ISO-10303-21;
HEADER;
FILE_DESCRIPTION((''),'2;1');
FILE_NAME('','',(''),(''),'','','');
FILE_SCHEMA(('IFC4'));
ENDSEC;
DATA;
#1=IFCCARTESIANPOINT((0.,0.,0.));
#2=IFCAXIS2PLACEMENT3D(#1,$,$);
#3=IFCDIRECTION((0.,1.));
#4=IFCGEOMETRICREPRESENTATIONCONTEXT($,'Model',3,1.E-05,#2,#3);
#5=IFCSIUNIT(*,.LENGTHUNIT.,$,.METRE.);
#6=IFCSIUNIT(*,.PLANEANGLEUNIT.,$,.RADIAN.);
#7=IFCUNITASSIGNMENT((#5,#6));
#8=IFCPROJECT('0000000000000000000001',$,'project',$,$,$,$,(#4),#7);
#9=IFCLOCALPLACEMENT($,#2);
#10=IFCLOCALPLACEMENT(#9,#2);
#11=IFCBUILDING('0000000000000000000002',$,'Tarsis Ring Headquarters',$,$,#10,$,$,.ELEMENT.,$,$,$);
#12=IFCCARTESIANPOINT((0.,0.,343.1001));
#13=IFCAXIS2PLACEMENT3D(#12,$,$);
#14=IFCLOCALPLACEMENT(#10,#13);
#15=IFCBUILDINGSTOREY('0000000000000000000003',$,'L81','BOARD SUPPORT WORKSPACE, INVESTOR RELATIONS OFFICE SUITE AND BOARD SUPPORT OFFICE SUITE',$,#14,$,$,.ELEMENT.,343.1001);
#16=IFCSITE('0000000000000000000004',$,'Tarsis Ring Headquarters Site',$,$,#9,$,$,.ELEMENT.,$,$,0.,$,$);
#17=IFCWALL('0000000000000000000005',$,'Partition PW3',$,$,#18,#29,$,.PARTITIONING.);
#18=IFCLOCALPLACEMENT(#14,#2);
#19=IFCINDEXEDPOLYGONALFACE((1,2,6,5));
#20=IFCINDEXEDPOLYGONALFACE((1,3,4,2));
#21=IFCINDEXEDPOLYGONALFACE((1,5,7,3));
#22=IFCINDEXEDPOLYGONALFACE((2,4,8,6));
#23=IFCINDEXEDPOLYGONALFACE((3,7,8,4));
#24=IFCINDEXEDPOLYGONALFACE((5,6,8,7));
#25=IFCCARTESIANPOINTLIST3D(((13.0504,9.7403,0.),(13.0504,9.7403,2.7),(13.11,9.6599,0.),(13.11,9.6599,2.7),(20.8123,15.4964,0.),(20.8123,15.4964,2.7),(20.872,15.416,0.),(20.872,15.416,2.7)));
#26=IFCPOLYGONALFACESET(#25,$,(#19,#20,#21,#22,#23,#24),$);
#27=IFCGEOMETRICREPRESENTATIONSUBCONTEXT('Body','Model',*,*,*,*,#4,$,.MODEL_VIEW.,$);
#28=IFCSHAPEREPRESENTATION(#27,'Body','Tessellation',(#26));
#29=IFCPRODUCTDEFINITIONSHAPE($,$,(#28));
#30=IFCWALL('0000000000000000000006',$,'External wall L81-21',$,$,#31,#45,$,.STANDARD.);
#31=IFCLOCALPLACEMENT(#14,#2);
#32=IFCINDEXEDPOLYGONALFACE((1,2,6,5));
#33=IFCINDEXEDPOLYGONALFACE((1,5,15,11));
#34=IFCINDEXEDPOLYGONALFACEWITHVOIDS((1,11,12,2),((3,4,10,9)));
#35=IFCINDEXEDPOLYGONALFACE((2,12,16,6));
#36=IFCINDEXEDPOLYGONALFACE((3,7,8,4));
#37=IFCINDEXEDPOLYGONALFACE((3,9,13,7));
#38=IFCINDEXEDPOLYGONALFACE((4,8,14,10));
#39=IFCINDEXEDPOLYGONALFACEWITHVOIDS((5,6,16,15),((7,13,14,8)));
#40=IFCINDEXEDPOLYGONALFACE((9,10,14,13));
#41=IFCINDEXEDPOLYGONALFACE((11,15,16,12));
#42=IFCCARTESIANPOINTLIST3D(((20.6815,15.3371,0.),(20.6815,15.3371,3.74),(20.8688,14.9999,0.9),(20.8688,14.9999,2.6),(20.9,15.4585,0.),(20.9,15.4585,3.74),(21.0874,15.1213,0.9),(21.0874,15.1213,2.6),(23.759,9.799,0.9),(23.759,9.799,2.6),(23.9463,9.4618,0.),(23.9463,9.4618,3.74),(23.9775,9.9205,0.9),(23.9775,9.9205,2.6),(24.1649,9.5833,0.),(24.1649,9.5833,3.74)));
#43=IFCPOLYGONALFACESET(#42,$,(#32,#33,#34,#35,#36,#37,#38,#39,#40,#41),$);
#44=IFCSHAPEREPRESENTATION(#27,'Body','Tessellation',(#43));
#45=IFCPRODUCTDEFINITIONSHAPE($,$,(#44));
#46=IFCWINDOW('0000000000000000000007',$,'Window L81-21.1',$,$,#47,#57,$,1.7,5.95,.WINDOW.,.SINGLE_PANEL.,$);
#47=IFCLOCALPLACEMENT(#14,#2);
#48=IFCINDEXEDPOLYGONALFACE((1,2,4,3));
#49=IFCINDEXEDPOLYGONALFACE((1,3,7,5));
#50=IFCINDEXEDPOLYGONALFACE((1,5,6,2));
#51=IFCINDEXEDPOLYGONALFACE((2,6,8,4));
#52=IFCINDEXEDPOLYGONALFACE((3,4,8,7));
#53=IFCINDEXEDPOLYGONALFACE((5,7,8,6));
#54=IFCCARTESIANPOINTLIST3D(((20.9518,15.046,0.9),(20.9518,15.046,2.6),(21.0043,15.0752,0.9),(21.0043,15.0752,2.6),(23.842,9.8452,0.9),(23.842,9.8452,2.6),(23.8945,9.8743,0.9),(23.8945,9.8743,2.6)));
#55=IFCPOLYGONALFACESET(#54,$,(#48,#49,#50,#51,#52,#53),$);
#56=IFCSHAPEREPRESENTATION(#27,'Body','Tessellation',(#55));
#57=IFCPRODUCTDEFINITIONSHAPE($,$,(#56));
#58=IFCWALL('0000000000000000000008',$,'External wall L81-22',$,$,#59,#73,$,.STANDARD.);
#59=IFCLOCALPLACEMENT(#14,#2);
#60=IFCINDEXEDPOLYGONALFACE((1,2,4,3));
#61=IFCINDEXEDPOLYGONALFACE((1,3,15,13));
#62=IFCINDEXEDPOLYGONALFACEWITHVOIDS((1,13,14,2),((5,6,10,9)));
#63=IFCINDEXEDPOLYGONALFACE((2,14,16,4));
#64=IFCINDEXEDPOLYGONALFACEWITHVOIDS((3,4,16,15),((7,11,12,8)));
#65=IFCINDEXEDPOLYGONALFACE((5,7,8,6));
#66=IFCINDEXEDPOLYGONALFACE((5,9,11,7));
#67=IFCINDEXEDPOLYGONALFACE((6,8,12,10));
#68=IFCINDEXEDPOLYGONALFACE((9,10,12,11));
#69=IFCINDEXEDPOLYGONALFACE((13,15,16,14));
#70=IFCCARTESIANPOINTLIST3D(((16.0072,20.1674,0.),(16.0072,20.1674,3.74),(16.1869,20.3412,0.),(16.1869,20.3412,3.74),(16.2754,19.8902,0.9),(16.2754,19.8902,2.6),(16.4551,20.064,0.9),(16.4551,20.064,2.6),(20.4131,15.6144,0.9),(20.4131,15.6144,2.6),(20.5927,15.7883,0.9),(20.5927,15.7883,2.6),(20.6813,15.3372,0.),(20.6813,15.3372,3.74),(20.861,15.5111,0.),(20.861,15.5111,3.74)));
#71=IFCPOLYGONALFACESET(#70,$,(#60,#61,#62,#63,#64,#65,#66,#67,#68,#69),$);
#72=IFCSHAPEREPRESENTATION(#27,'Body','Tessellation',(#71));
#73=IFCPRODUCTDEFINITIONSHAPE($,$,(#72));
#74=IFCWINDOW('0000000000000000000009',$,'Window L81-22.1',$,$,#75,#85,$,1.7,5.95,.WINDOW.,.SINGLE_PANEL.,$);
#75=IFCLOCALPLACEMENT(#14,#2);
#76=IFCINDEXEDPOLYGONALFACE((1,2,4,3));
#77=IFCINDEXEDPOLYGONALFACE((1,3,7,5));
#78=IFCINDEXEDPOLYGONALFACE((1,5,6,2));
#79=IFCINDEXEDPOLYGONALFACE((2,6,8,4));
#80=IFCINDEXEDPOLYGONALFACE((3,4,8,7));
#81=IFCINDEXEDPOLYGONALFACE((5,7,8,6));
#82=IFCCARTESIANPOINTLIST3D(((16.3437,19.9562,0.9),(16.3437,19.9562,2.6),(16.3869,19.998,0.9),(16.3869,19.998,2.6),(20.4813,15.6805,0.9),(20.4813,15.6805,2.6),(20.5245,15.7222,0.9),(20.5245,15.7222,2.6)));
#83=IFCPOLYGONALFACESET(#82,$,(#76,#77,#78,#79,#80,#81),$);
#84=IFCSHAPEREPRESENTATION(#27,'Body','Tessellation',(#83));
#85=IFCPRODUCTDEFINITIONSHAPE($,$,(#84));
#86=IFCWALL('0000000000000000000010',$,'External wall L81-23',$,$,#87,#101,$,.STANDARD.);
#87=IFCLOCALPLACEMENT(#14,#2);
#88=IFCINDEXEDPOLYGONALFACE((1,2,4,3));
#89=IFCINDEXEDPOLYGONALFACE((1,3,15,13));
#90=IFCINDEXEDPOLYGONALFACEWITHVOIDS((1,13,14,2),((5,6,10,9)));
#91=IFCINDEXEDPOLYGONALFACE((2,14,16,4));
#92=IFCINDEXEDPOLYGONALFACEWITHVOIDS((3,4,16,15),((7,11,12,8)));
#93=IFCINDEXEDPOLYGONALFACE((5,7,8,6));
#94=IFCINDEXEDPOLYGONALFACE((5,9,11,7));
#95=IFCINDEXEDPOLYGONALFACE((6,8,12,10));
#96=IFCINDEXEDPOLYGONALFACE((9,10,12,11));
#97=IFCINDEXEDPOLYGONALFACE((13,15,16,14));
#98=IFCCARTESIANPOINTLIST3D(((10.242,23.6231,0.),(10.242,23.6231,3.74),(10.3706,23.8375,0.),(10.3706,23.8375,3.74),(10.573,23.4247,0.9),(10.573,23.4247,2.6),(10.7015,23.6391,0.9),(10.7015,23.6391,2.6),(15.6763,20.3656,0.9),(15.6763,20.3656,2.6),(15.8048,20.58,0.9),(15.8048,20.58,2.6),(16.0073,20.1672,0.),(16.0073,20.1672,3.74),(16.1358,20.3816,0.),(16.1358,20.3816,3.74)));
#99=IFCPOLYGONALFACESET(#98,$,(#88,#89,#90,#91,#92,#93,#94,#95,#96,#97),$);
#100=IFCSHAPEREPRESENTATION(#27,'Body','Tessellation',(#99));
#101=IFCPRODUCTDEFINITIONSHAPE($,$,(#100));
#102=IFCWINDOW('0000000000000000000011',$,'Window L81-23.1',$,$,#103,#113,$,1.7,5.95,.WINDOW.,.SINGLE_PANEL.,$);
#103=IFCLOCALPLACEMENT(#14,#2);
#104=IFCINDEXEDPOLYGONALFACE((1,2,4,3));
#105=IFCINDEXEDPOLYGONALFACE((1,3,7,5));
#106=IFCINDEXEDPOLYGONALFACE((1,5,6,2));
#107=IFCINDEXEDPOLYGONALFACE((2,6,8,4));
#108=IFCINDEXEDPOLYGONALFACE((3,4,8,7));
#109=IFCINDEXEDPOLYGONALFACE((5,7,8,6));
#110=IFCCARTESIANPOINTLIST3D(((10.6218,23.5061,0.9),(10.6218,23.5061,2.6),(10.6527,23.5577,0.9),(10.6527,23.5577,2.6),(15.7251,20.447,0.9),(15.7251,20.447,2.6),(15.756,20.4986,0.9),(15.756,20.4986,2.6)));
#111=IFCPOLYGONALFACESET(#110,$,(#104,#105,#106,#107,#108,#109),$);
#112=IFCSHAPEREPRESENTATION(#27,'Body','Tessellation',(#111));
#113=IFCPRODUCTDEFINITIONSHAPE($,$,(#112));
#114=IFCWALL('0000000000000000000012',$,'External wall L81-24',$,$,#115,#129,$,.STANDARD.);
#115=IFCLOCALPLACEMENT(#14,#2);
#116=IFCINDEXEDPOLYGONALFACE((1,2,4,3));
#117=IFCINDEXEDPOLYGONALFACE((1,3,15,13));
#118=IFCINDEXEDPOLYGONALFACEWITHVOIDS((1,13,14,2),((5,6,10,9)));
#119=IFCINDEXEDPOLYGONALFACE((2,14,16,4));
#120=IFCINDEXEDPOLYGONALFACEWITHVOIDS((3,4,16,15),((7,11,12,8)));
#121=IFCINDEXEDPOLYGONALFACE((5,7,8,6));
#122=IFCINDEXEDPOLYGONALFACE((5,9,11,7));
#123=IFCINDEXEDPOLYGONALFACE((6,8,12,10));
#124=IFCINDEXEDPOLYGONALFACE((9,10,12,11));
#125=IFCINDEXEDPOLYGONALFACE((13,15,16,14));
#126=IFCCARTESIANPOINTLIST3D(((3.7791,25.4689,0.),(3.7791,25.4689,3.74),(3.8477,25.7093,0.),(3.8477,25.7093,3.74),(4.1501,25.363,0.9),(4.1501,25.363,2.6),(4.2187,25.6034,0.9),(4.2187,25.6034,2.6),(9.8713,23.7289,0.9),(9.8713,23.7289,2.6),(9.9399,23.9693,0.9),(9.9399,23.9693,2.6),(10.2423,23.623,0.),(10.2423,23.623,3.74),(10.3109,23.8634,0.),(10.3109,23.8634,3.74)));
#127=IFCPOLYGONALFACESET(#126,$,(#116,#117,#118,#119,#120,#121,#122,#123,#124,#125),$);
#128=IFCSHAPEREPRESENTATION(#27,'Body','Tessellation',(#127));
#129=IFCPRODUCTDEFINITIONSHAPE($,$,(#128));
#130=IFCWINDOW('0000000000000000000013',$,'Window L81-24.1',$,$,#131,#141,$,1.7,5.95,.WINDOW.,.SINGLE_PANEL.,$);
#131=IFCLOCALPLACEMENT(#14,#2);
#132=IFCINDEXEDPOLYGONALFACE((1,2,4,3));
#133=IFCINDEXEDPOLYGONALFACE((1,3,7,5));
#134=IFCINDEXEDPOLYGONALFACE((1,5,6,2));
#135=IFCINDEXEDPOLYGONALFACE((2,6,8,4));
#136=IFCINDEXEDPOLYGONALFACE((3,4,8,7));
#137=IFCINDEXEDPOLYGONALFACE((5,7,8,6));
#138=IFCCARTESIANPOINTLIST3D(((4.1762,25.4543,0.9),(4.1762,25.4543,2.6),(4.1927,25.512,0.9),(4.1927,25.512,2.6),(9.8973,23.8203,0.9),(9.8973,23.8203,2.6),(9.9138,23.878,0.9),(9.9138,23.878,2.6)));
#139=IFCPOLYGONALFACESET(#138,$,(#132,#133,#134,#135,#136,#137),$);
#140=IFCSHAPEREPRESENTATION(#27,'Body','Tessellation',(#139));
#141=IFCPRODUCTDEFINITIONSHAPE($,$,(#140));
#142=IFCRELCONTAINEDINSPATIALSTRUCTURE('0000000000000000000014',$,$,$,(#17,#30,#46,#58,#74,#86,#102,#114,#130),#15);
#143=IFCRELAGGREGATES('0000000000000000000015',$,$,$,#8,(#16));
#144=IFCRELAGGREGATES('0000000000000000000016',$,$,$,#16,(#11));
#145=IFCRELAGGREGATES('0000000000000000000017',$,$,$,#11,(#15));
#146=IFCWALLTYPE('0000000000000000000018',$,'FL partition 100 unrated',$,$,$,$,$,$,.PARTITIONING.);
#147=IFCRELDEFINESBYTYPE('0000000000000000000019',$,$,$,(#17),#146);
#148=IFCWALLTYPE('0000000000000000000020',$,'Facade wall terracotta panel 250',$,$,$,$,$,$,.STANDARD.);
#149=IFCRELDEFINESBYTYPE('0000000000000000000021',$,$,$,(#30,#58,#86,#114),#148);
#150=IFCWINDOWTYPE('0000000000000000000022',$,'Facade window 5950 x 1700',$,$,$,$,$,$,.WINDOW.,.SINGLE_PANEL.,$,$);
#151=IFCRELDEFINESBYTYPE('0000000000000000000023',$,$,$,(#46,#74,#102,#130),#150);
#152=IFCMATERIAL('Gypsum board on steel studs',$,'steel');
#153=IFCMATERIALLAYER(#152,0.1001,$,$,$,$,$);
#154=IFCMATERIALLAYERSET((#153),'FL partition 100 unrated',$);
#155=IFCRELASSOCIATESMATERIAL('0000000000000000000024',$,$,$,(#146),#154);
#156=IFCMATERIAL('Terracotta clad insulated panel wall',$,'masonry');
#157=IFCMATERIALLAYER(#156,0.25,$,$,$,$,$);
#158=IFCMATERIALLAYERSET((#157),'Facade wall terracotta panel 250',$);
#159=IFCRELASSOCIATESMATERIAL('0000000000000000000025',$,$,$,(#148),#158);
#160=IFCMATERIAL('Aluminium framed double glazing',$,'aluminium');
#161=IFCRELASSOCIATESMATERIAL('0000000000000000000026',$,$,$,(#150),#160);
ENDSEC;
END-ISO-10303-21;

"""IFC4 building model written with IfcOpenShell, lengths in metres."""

from ifc_helpers import new_model, si_unit, direction, frame, frame_2d, origin, place, context, subcontext, project, spatial, rectangle, extrude, material, layer, layer_set, type_object, element, fill, save


model = new_model("IFC4")

# Units and contexts
model_context = context("Model", 3, precision=1e-05, world=origin(), true_north=direction((0.0, 1.0)))
body_context = subcontext(model_context, "Body", "Model", "MODEL_VIEW")
ifc_project = project(units=[si_unit("LENGTHUNIT", "METRE"), si_unit("PLANEANGLEUNIT", "RADIAN")], contexts=[model_context])

# Site, building, storey
site_placement = place(None, origin())
site = spatial("IfcSite", under=ifc_project, at=site_placement, Name="Tarsis Ring Headquarters Site", CompositionType="ELEMENT", RefElevation=0.0)
building_placement = place(site_placement, origin())
building = spatial("IfcBuilding", under=site, at=building_placement, Name="Tarsis Ring Headquarters", CompositionType="ELEMENT")
storey_placement = place(building_placement, frame((0.0, 0.0, 343.1001)))
storey = spatial("IfcBuildingStorey", under=building, at=storey_placement, Name="L81", Description="BOARD SUPPORT WORKSPACE, INVESTOR RELATIONS OFFICE SUITE AND BOARD SUPPORT OFFICE SUITE", CompositionType="ELEMENT", Elevation=343.1001)

# Wall
ifc_material_1 = material(Name="Gypsum board on steel studs", Category="steel")
ifc_layer_1 = layer(ifc_material_1, 0.1001)
ifc_layer_set_1 = layer_set([ifc_layer_1], Name="FL partition 100 unrated")
wall_type_1 = type_object("IfcWallType", Name="FL partition 100 unrated", PredefinedType="PARTITIONING", material=ifc_layer_set_1)
wall_1_placement = place(storey_placement, frame((13.0803, 9.7002, 0.0), z_axis=(0.0, 0.0, 1.0), x_axis=(0.803235, 0.595662, 0.0)))
element("IfcWall", 1, at=wall_1_placement, inside=storey, type_object=wall_type_1, Name="Partition PW3", PredefinedType="PARTITIONING", context=body_context, shape_type="SweptSolid", body=[
    extrude(rectangle(XDim=9.6633, YDim=0.1001, at=frame_2d((4.8315, 0.0))), origin(), (0.0, 0.0, 1.0), 2.7),
])

# Walls, openings, windows
ifc_material_2 = material(Name="Terracotta clad insulated panel wall", Category="masonry")
ifc_layer_2 = layer(ifc_material_2, 0.25)
ifc_layer_set_2 = layer_set([ifc_layer_2], Name="Facade wall terracotta panel 250")
wall_type_2 = type_object("IfcWallType", Name="Facade wall terracotta panel 250", PredefinedType="STANDARD", material=ifc_layer_set_2)
wall_2_placement = place(storey_placement, frame((24.0557, 9.5225, 0.0), z_axis=(0.0, 0.0, 1.0), x_axis=(-0.485742, 0.874102, 0.0)))
wall_2 = element("IfcWall", 2, at=wall_2_placement, inside=storey, type_object=wall_type_2, Name="External wall L81-21", PredefinedType="STANDARD", context=body_context, shape_type="SweptSolid", body=[
    extrude(rectangle(XDim=6.7214, YDim=0.25, at=frame_2d((3.3608, 0.0))), origin(), (0.0, 0.0, 1.0), 3.74),
])
opening_1_placement = place(wall_2_placement, frame((0.3857, 0.0, 0.8999)))
opening_1 = element("IfcOpeningElement", 3, at=opening_1_placement, cuts=wall_2, PredefinedType="OPENING", context=body_context, shape_type="SweptSolid", body=[
    extrude(rectangle(XDim=5.95, YDim=1.7, at=frame_2d((2.9751, 0.8501))), frame((0.0, 0.135, 0.0), z_axis=(0.0, -1.0, 0.0), x_axis=(1.0, 0.0, 0.0)), (0.0, 0.0, 1.0), 0.27),
])
ifc_material_3 = material(Name="Aluminium framed double glazing", Category="aluminium")
window_type = type_object("IfcWindowType", Name="Facade window 5950 x 1700", PartitioningType="SINGLE_PANEL", PredefinedType="WINDOW", material=ifc_material_3)
window_1_placement = place(opening_1_placement, origin())
window_1 = element("IfcWindow", 4, at=window_1_placement, inside=storey, type_object=window_type, Name="Window L81-21.1", OverallHeight=1.7, OverallWidth=5.95, PartitioningType="SINGLE_PANEL", PredefinedType="WINDOW", context=body_context, shape_type="SweptSolid", body=[
    extrude(rectangle(XDim=5.95, YDim=1.7, at=frame_2d((2.9751, 0.8501))), frame((0.0, 0.03, 0.0), z_axis=(0.0, -1.0, 0.0), x_axis=(1.0, 0.0, 0.0)), (0.0, 0.0, 1.0), 0.0601),
])
fill(opening_1, window_1)
wall_3_placement = place(storey_placement, frame((20.7712, 15.4241, 0.0), z_axis=(0.0, 0.0, 1.0), x_axis=(-0.695406, 0.718617, 0.0)))
wall_3 = element("IfcWall", 5, at=wall_3_placement, inside=storey, type_object=wall_type_2, Name="External wall L81-22", PredefinedType="STANDARD", context=body_context, shape_type="SweptSolid", body=[
    extrude(rectangle(XDim=6.7214, YDim=0.25, at=frame_2d((3.3608, 0.0))), origin(), (0.0, 0.0, 1.0), 3.74),
])
opening_2_placement = place(wall_3_placement, frame((0.3857, 0.0, 0.8999)))
opening_2 = element("IfcOpeningElement", 6, at=opening_2_placement, cuts=wall_3, PredefinedType="OPENING", context=body_context, shape_type="SweptSolid", body=[
    extrude(rectangle(XDim=5.95, YDim=1.7, at=frame_2d((2.9751, 0.8501))), frame((0.0, 0.135, 0.0), z_axis=(0.0, -1.0, 0.0), x_axis=(1.0, 0.0, 0.0)), (0.0, 0.0, 1.0), 0.27),
])
window_2_placement = place(opening_2_placement, origin())
window_2 = element("IfcWindow", 7, at=window_2_placement, inside=storey, type_object=window_type, Name="Window L81-22.1", OverallHeight=1.7, OverallWidth=5.95, PartitioningType="SINGLE_PANEL", PredefinedType="WINDOW", context=body_context, shape_type="SweptSolid", body=[
    extrude(rectangle(XDim=5.95, YDim=1.7, at=frame_2d((2.9751, 0.8501))), frame((0.0, 0.03, 0.0), z_axis=(0.0, -1.0, 0.0), x_axis=(1.0, 0.0, 0.0)), (0.0, 0.0, 1.0), 0.0601),
])
fill(opening_2, window_2)
wall_4_placement = place(storey_placement, frame((16.0715, 20.2744, 0.0), z_axis=(0.0, 0.0, 1.0), x_axis=(-0.857708, 0.514138, 0.0)))
wall_4 = element("IfcWall", 8, at=wall_4_placement, inside=storey, type_object=wall_type_2, Name="External wall L81-23", PredefinedType="STANDARD", context=body_context, shape_type="SweptSolid", body=[
    extrude(rectangle(XDim=6.7217, YDim=0.25, at=frame_2d((3.3608, 0.0))), origin(), (0.0, 0.0, 1.0), 3.74),
])
opening_3_placement = place(wall_4_placement, frame((0.3857, 0.0, 0.8999)))
opening_3 = element("IfcOpeningElement", 9, at=opening_3_placement, cuts=wall_4, PredefinedType="OPENING", context=body_context, shape_type="SweptSolid", body=[
    extrude(rectangle(XDim=5.95, YDim=1.7, at=frame_2d((2.9751, 0.8501))), frame((0.0, 0.135, 0.0), z_axis=(0.0, -1.0, 0.0), x_axis=(1.0, 0.0, 0.0)), (0.0, 0.0, 1.0), 0.27),
])
window_3_placement = place(opening_3_placement, origin())
window_3 = element("IfcWindow", 10, at=window_3_placement, inside=storey, type_object=window_type, Name="Window L81-23.1", OverallHeight=1.7, OverallWidth=5.95, PartitioningType="SINGLE_PANEL", PredefinedType="WINDOW", context=body_context, shape_type="SweptSolid", body=[
    extrude(rectangle(XDim=5.95, YDim=1.7, at=frame_2d((2.9751, 0.8501))), frame((0.0, 0.03, 0.0), z_axis=(0.0, -1.0, 0.0), x_axis=(1.0, 0.0, 0.0)), (0.0, 0.0, 1.0), 0.0601),
])
fill(opening_3, window_3)
wall_5_placement = place(storey_placement, frame((10.2766, 23.7432, 0.0), z_axis=(0.0, 0.0, 1.0), x_axis=(-0.96155, 0.27463, 0.0)))
wall_5 = element("IfcWall", 11, at=wall_5_placement, inside=storey, type_object=wall_type_2, Name="External wall L81-24", PredefinedType="STANDARD", context=body_context, shape_type="SweptSolid", body=[
    extrude(rectangle(XDim=6.7217, YDim=0.25, at=frame_2d((3.3608, 0.0))), origin(), (0.0, 0.0, 1.0), 3.74),
])
opening_4_placement = place(wall_5_placement, frame((0.3857, 0.0, 0.8999)))
opening_4 = element("IfcOpeningElement", 12, at=opening_4_placement, cuts=wall_5, PredefinedType="OPENING", context=body_context, shape_type="SweptSolid", body=[
    extrude(rectangle(XDim=5.95, YDim=1.7, at=frame_2d((2.9751, 0.8501))), frame((0.0, 0.135, 0.0), z_axis=(0.0, -1.0, 0.0), x_axis=(1.0, 0.0, 0.0)), (0.0, 0.0, 1.0), 0.27),
])
window_4_placement = place(opening_4_placement, origin())
window_4 = element("IfcWindow", 13, at=window_4_placement, inside=storey, type_object=window_type, Name="Window L81-24.1", OverallHeight=1.7, OverallWidth=5.95, PartitioningType="SINGLE_PANEL", PredefinedType="WINDOW", context=body_context, shape_type="SweptSolid", body=[
    extrude(rectangle(XDim=5.95, YDim=1.7, at=frame_2d((2.9751, 0.8501))), frame((0.0, 0.03, 0.0), z_axis=(0.0, -1.0, 0.0), x_axis=(1.0, 0.0, 0.0)), (0.0, 0.0, 1.0), 0.0601),
])
fill(opening_4, window_4)

save(model, "model.ifc")
